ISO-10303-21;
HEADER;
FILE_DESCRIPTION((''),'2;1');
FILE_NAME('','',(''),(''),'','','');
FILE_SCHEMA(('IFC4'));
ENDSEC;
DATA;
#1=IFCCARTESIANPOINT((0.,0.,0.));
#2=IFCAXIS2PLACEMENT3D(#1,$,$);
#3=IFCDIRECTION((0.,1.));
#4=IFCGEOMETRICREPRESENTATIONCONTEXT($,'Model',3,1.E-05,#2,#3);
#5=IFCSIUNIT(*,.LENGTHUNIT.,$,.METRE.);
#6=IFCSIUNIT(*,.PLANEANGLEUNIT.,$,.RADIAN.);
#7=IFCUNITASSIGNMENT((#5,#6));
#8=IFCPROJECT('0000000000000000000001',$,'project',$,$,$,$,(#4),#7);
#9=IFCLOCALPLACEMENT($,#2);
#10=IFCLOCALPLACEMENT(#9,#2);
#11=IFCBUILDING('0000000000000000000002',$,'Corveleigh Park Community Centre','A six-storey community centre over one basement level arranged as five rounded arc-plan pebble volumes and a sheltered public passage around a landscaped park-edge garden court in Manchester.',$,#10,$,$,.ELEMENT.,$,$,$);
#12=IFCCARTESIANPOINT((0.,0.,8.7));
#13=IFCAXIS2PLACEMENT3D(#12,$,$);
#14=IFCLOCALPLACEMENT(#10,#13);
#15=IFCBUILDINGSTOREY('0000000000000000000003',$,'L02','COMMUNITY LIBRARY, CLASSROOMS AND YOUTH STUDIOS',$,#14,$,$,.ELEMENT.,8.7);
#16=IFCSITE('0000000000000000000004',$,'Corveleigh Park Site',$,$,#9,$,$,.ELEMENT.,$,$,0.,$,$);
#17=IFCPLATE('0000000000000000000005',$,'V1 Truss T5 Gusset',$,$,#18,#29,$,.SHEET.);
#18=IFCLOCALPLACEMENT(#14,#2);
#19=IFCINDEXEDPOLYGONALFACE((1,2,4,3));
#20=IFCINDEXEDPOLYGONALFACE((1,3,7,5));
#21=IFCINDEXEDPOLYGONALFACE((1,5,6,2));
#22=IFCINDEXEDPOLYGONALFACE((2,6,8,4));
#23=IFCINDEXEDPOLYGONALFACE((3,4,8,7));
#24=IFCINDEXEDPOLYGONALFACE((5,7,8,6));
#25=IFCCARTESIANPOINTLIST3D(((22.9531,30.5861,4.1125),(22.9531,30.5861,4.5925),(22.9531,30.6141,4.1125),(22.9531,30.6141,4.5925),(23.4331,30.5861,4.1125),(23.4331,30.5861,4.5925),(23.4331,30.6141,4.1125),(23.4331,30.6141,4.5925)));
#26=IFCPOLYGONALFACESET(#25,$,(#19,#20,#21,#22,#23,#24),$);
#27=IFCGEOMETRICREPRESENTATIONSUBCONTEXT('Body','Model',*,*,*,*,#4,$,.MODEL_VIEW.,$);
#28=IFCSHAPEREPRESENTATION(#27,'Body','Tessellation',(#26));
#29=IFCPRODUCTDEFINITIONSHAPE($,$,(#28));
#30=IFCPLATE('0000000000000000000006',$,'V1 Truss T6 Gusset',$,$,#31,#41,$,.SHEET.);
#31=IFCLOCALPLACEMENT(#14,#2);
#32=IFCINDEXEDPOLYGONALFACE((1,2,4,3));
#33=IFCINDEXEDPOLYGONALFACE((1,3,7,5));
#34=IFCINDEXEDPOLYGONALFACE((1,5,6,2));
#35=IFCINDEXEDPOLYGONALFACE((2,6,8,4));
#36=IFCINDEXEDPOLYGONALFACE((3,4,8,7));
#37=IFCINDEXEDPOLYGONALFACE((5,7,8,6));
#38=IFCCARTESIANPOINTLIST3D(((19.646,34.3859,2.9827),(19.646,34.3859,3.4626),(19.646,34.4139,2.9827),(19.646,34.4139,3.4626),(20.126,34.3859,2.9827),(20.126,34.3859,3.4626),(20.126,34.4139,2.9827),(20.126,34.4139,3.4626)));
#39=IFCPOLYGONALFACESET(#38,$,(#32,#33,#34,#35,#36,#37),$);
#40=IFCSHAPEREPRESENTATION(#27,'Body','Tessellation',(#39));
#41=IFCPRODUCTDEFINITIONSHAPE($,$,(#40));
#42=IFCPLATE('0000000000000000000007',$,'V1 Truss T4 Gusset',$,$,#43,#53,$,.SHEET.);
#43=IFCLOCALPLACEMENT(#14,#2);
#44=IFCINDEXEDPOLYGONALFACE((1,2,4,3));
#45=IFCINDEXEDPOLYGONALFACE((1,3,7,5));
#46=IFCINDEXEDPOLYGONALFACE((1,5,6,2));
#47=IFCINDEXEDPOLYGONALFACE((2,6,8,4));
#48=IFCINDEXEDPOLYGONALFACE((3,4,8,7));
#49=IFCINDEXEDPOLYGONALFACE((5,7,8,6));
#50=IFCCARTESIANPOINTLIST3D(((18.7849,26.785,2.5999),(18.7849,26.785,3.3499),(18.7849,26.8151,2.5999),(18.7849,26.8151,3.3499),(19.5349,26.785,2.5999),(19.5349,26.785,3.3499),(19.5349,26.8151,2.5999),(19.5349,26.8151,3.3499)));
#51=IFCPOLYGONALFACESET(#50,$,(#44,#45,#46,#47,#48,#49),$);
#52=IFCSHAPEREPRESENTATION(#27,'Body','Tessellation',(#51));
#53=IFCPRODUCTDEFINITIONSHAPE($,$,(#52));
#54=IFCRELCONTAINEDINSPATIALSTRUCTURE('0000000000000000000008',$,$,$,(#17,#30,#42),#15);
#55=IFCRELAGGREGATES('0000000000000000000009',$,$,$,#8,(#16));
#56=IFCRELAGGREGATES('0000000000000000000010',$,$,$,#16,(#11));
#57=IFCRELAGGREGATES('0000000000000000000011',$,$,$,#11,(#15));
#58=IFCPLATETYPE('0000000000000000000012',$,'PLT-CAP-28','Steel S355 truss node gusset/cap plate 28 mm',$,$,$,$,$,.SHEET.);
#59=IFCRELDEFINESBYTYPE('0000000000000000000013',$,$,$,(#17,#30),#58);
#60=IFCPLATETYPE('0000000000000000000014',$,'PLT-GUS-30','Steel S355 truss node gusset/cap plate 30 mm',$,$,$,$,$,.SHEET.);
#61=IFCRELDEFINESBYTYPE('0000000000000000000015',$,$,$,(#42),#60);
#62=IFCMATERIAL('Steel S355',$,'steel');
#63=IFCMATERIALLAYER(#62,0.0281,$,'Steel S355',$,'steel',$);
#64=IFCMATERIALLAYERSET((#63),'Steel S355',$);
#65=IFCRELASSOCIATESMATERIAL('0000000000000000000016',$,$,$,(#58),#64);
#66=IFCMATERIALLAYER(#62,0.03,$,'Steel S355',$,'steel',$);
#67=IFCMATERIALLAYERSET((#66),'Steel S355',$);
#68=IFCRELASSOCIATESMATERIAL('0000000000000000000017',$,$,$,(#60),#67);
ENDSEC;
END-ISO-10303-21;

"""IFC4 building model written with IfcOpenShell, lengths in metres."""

from ifc_helpers import new_model, si_unit, direction, frame, origin, origin_2d, place, context, subcontext, project, spatial, rectangle, extrude, material, layer, layer_set, type_object, element, save


model = new_model("IFC4")

# Units and contexts
model_context = context("Model", 3, precision=1e-05, world=origin(), true_north=direction((0.0, 1.0)))
body_context = subcontext(model_context, "Body", "Model", "MODEL_VIEW")
ifc_project = project(units=[si_unit("LENGTHUNIT", "METRE"), si_unit("PLANEANGLEUNIT", "RADIAN")], contexts=[model_context])

# Site, building, storey
site_placement = place(None, origin())
site = spatial("IfcSite", under=ifc_project, at=site_placement, Name="Corveleigh Park Site", CompositionType="ELEMENT", RefElevation=0.0)
building_placement = place(site_placement, origin())
building = spatial("IfcBuilding", under=site, at=building_placement, Name="Corveleigh Park Community Centre", Description="A six-storey community centre over one basement level arranged as five rounded arc-plan pebble volumes and a sheltered public passage around a landscaped park-edge garden court in Manchester.", CompositionType="ELEMENT")
storey_placement = place(building_placement, frame((0.0, 0.0, 8.7)))
storey = spatial("IfcBuildingStorey", under=building, at=storey_placement, Name="L02", Description="COMMUNITY LIBRARY, CLASSROOMS AND YOUTH STUDIOS", CompositionType="ELEMENT", Elevation=8.7)

# Shared definitions
ifc_material = material(Name="Steel S355", Category="steel")

# Plates
ifc_layer_1 = layer(ifc_material, 0.0281, Name="Steel S355", Category="steel")
ifc_layer_set_1 = layer_set([ifc_layer_1], Name="Steel S355")
plate_type_1 = type_object("IfcPlateType", Name="PLT-CAP-28", Description="Steel S355 truss node gusset/cap plate 28 mm", PredefinedType="SHEET", material=ifc_layer_set_1)
for number, where, z_axis, x_axis, name in (
    (1, (23.1931, 30.6001, 4.1125), (0.0, 0.0, 1.0), (1.0, 0.0, 0.0), "V1 Truss T5 Gusset"),
    (2, (19.886, 34.3999, 2.9827), (0.0, 0.0, 1.0), (1.0, 0.0, 0.0), "V1 Truss T6 Gusset"),
):
    element("IfcPlate", number, at=place(storey_placement, frame(where, z_axis=z_axis, x_axis=x_axis)), inside=storey, type_object=plate_type_1, Name=name, PredefinedType="SHEET", context=body_context, shape_type="SweptSolid", body=[
        extrude(rectangle(XDim=0.48, YDim=0.0281, at=origin_2d()), origin(), (0.0, 0.0, 1.0), 0.48),
    ])
ifc_layer_2 = layer(ifc_material, 0.03, Name="Steel S355", Category="steel")
ifc_layer_set_2 = layer_set([ifc_layer_2], Name="Steel S355")
plate_type_2 = type_object("IfcPlateType", Name="PLT-GUS-30", Description="Steel S355 truss node gusset/cap plate 30 mm", PredefinedType="SHEET", material=ifc_layer_set_2)
plate_placement = place(storey_placement, frame((19.1599, 26.8, 2.5999), z_axis=(0.0, 0.0, 1.0), x_axis=(1.0, 0.0, 0.0)))
element("IfcPlate", 3, at=plate_placement, inside=storey, type_object=plate_type_2, Name="V1 Truss T4 Gusset", PredefinedType="SHEET", context=body_context, shape_type="SweptSolid", body=[
    extrude(rectangle(XDim=0.75, YDim=0.03, at=origin_2d()), origin(), (0.0, 0.0, 1.0), 0.75),
])

save(model, "model.ifc")
